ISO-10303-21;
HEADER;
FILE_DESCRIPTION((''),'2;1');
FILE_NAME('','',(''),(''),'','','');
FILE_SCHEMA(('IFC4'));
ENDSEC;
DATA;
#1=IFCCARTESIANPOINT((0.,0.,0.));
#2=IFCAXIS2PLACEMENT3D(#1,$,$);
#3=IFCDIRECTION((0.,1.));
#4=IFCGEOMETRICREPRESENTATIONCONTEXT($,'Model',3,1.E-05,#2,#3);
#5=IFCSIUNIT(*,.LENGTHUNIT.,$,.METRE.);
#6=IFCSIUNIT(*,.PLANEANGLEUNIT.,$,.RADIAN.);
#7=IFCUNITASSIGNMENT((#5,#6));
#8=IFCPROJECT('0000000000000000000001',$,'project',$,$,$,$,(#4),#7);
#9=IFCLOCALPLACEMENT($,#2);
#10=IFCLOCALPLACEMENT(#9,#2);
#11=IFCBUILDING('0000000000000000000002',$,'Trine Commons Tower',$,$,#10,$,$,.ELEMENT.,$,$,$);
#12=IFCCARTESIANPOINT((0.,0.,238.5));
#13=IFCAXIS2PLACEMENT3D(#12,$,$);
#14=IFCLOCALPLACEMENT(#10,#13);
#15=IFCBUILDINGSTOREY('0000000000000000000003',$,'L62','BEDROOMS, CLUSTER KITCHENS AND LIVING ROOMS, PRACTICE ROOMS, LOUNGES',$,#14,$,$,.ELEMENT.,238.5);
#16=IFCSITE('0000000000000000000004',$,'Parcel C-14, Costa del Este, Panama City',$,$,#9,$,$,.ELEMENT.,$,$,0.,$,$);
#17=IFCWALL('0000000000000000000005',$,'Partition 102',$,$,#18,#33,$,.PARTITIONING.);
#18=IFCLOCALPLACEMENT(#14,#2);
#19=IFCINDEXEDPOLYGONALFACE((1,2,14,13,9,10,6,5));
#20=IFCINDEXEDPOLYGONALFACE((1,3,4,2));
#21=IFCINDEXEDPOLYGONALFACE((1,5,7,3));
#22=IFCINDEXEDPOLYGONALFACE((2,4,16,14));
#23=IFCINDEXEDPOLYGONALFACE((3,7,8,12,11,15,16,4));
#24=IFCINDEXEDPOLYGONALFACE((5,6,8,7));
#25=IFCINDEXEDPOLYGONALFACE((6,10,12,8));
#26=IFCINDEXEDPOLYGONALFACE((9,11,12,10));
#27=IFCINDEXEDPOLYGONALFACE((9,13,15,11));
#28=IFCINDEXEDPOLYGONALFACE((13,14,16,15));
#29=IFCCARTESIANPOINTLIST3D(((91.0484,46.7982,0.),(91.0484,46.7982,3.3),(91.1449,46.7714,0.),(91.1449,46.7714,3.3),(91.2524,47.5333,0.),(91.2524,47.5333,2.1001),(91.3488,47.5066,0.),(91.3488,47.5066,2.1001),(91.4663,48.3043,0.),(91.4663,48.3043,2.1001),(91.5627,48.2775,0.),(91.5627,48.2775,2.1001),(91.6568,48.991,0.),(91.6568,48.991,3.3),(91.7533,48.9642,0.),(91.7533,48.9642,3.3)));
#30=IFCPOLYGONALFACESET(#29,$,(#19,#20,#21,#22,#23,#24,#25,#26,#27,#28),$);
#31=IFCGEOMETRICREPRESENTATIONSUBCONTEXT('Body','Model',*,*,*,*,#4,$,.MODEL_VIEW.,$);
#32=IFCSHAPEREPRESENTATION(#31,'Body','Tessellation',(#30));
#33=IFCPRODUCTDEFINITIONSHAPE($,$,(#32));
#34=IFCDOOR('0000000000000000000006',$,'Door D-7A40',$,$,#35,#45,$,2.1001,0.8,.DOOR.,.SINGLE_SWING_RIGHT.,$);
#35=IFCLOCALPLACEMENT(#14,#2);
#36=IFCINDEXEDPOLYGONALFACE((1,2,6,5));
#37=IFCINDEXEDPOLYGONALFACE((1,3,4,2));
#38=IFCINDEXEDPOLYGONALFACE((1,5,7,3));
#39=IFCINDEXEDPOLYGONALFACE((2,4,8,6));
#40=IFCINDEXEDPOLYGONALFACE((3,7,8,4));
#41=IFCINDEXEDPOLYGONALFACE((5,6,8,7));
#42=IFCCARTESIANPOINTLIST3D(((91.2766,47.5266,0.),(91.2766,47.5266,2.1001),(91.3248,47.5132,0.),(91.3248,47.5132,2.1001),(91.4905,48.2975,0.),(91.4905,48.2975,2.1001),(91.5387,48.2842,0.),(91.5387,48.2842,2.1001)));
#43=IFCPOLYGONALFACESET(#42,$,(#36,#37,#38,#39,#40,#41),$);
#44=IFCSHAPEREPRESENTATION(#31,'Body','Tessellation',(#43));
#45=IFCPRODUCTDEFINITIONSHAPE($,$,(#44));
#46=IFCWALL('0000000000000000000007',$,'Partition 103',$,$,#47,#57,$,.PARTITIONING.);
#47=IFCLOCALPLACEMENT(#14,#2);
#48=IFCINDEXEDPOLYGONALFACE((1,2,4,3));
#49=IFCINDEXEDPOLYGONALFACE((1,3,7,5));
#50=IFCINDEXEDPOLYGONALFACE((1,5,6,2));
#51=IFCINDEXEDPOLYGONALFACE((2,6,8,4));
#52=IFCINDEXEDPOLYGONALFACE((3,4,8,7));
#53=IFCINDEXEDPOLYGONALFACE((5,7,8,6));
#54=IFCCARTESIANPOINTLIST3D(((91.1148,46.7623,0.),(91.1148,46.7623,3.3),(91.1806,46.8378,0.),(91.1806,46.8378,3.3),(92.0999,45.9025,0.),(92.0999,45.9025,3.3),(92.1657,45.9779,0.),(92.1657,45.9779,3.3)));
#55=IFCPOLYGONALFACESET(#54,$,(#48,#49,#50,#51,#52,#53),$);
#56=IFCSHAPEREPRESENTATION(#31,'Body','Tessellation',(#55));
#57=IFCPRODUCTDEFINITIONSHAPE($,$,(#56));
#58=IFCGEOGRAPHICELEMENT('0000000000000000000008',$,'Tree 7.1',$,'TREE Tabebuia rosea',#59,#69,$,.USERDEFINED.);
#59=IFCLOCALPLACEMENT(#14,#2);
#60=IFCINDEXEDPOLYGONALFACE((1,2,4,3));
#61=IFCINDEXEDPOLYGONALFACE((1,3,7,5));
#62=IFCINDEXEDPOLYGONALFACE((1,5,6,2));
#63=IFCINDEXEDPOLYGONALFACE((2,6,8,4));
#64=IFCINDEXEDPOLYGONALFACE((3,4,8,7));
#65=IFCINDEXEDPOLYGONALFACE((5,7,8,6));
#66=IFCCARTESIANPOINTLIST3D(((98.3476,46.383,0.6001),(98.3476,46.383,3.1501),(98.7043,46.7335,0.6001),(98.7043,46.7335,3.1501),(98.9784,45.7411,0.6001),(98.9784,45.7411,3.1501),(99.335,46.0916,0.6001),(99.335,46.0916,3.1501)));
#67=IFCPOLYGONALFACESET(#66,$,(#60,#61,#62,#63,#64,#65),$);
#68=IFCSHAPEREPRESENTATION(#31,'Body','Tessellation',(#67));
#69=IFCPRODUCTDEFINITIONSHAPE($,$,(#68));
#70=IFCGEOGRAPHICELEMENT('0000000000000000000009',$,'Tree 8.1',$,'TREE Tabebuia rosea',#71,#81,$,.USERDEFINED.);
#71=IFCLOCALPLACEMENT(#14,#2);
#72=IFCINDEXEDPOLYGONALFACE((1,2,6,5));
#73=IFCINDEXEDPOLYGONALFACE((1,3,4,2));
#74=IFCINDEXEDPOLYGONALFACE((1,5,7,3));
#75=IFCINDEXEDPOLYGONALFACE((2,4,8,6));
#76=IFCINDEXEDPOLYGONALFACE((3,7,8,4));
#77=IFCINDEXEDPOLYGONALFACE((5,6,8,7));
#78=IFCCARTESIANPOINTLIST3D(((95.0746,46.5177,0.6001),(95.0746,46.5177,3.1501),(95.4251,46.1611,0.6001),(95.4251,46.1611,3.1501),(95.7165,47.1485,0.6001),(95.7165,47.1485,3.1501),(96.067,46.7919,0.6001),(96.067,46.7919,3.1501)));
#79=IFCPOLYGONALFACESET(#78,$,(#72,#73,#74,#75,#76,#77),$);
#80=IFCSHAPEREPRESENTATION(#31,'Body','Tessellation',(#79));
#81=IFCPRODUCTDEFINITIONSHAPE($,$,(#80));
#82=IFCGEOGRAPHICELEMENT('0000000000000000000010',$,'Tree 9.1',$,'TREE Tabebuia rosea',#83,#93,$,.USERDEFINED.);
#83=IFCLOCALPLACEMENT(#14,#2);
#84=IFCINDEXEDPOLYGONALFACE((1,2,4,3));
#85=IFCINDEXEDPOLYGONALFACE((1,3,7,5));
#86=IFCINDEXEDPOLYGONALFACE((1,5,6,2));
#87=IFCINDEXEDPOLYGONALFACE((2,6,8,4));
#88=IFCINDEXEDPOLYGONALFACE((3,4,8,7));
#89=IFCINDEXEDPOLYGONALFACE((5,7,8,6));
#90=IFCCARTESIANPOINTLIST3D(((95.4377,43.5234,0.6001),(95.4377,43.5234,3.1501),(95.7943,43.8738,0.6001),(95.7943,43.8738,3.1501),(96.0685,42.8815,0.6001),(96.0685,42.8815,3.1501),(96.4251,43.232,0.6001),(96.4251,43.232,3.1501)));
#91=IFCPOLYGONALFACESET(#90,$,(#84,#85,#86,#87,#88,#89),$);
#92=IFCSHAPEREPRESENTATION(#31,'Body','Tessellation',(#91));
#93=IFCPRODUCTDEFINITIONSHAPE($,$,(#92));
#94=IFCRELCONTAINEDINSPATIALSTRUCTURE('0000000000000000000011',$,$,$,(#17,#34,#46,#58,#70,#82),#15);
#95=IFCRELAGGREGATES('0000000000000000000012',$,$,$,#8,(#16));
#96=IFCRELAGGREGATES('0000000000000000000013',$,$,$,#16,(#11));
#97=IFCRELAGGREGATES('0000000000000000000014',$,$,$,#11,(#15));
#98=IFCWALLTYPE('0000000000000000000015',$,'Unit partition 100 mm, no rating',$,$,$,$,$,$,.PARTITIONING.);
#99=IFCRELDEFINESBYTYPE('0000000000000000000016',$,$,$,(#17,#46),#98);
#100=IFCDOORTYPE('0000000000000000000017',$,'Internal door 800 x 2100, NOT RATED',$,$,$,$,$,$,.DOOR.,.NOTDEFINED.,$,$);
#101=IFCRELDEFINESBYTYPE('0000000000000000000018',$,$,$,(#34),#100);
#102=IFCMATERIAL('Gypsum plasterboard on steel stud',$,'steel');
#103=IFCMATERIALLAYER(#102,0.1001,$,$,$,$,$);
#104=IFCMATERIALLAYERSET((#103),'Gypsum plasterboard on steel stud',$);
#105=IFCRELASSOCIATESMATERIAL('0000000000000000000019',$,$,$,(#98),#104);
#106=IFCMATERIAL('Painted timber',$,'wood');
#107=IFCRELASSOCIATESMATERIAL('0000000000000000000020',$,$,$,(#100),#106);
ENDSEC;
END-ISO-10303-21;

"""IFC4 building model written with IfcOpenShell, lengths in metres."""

from ifc_helpers import new_model, si_unit, direction, frame, frame_2d, origin, origin_2d, place, context, subcontext, project, spatial, rectangle, extrude, material, layer, layer_set, type_object, element, fill, save


model = new_model("IFC4")

# Units and contexts
model_context = context("Model", 3, precision=1e-05, world=origin(), true_north=direction((0.0, 1.0)))
body_context = subcontext(model_context, "Body", "Model", "MODEL_VIEW")
ifc_project = project(units=[si_unit("LENGTHUNIT", "METRE"), si_unit("PLANEANGLEUNIT", "RADIAN")], contexts=[model_context])

# Site, building, storey
site_placement = place(None, origin())
site = spatial("IfcSite", under=ifc_project, at=site_placement, Name="Parcel C-14, Costa del Este, Panama City", CompositionType="ELEMENT", RefElevation=0.0)
building_placement = place(site_placement, origin())
building = spatial("IfcBuilding", under=site, at=building_placement, Name="Trine Commons Tower", CompositionType="ELEMENT")
storey_placement = place(building_placement, frame((0.0, 0.0, 238.5)))
storey = spatial("IfcBuildingStorey", under=building, at=storey_placement, Name="L62", Description="BEDROOMS, CLUSTER KITCHENS AND LIVING ROOMS, PRACTICE ROOMS, LOUNGES", CompositionType="ELEMENT", Elevation=238.5)

# Shared definitions
ifc_material_1 = material(Name="Gypsum plasterboard on steel stud", Category="steel")

# Wall, opening, door
ifc_layer_1 = layer(ifc_material_1, 0.1001)
ifc_layer_set_1 = layer_set([ifc_layer_1], Name="Gypsum plasterboard on steel stud")
wall_type_1 = type_object("IfcWallType", Name="Unit partition 100 mm, no rating", PredefinedType="PARTITIONING", material=ifc_layer_set_1)
wall_1_placement = place(storey_placement, frame((91.0967, 46.7849, 0.0), z_axis=(0.0, 0.0, 1.0), x_axis=(0.267345, 0.963601, 0.0)))
wall_1 = element("IfcWall", 1, at=wall_1_placement, inside=storey, type_object=wall_type_1, Name="Partition 102", PredefinedType="PARTITIONING", context=body_context, shape_type="SweptSolid", body=[
    extrude(rectangle(XDim=2.2756, YDim=0.1001, at=frame_2d((1.1377, 0.0))), origin(), (0.0, 0.0, 1.0), 3.3),
])
opening_1_placement = place(wall_1_placement, frame((0.7629, 0.0, 0.0)))
opening_1 = element("IfcOpeningElement", 2, at=opening_1_placement, cuts=wall_1, PredefinedType="OPENING", context=body_context, shape_type="SweptSolid", body=[
    extrude(rectangle(XDim=0.8, YDim=2.1001, at=frame_2d((0.3999, 1.05))), frame((0.0, 0.0601, 0.0), z_axis=(0.0, -1.0, 0.0), x_axis=(1.0, 0.0, 0.0)), (0.0, 0.0, 1.0), 0.1201),
])
ifc_material_2 = material(Name="Painted timber", Category="wood")
door_type_1 = type_object("IfcDoorType", Name="Internal door 800 x 2100, NOT RATED", OperationType="NOTDEFINED", PredefinedType="DOOR", material=ifc_material_2)
door_1_placement = place(opening_1_placement, origin())
door_1 = element("IfcDoor", 3, at=door_1_placement, inside=storey, type_object=door_type_1, Name="Door D-7A40", OperationType="SINGLE_SWING_RIGHT", OverallHeight=2.1001, OverallWidth=0.8, PredefinedType="DOOR", context=body_context, shape_type="SweptSolid", body=[
    extrude(rectangle(XDim=0.8, YDim=2.1001, at=frame_2d((0.3999, 1.05))), frame((0.0, 0.0249, 0.0), z_axis=(0.0, -1.0, 0.0), x_axis=(1.0, 0.0, 0.0)), (0.0, 0.0, 1.0), 0.05),
])
fill(opening_1, door_1)

# Wall
wall_2_placement = place(storey_placement, frame((91.1477, 46.8, 0.0), z_axis=(0.0, 0.0, 1.0), x_axis=(0.753374, -0.657592, 0.0)))
element("IfcWall", 4, at=wall_2_placement, inside=storey, type_object=wall_type_1, Name="Partition 103", PredefinedType="PARTITIONING", context=body_context, shape_type="SweptSolid", body=[
    extrude(rectangle(XDim=1.3076, YDim=0.1001, at=frame_2d((0.6538, 0.0))), origin(), (0.0, 0.0, 1.0), 3.3),
])

# Geographic elements
for number, where, z_axis, x_axis, name in (
    (5, (98.8413, 46.2373, 0.6001), (0.0, 0.0, 1.0), (-0.700898, 0.713261, 0.0), "Tree 7.1"),
    (6, (95.5708, 46.6548, 0.6001), (0.0, 0.0, 1.0), (-0.713239, -0.70092, 0.0), "Tree 8.1"),
    (7, (95.9314, 43.3777, 0.6001), (0.0, 0.0, 1.0), (0.700898, -0.713261, 0.0), "Tree 9.1"),
):
    element("IfcGeographicElement", number, at=place(storey_placement, frame(where, z_axis=z_axis, x_axis=x_axis)), inside=storey, Name=name, ObjectType="TREE Tabebuia rosea", PredefinedType="USERDEFINED", context=body_context, shape_type="SweptSolid", body=[
        extrude(rectangle(XDim=0.8999, YDim=0.5, at=origin_2d()), origin(), (0.0, 0.0, 1.0), 2.55),
    ])

save(model, "model.ifc")
